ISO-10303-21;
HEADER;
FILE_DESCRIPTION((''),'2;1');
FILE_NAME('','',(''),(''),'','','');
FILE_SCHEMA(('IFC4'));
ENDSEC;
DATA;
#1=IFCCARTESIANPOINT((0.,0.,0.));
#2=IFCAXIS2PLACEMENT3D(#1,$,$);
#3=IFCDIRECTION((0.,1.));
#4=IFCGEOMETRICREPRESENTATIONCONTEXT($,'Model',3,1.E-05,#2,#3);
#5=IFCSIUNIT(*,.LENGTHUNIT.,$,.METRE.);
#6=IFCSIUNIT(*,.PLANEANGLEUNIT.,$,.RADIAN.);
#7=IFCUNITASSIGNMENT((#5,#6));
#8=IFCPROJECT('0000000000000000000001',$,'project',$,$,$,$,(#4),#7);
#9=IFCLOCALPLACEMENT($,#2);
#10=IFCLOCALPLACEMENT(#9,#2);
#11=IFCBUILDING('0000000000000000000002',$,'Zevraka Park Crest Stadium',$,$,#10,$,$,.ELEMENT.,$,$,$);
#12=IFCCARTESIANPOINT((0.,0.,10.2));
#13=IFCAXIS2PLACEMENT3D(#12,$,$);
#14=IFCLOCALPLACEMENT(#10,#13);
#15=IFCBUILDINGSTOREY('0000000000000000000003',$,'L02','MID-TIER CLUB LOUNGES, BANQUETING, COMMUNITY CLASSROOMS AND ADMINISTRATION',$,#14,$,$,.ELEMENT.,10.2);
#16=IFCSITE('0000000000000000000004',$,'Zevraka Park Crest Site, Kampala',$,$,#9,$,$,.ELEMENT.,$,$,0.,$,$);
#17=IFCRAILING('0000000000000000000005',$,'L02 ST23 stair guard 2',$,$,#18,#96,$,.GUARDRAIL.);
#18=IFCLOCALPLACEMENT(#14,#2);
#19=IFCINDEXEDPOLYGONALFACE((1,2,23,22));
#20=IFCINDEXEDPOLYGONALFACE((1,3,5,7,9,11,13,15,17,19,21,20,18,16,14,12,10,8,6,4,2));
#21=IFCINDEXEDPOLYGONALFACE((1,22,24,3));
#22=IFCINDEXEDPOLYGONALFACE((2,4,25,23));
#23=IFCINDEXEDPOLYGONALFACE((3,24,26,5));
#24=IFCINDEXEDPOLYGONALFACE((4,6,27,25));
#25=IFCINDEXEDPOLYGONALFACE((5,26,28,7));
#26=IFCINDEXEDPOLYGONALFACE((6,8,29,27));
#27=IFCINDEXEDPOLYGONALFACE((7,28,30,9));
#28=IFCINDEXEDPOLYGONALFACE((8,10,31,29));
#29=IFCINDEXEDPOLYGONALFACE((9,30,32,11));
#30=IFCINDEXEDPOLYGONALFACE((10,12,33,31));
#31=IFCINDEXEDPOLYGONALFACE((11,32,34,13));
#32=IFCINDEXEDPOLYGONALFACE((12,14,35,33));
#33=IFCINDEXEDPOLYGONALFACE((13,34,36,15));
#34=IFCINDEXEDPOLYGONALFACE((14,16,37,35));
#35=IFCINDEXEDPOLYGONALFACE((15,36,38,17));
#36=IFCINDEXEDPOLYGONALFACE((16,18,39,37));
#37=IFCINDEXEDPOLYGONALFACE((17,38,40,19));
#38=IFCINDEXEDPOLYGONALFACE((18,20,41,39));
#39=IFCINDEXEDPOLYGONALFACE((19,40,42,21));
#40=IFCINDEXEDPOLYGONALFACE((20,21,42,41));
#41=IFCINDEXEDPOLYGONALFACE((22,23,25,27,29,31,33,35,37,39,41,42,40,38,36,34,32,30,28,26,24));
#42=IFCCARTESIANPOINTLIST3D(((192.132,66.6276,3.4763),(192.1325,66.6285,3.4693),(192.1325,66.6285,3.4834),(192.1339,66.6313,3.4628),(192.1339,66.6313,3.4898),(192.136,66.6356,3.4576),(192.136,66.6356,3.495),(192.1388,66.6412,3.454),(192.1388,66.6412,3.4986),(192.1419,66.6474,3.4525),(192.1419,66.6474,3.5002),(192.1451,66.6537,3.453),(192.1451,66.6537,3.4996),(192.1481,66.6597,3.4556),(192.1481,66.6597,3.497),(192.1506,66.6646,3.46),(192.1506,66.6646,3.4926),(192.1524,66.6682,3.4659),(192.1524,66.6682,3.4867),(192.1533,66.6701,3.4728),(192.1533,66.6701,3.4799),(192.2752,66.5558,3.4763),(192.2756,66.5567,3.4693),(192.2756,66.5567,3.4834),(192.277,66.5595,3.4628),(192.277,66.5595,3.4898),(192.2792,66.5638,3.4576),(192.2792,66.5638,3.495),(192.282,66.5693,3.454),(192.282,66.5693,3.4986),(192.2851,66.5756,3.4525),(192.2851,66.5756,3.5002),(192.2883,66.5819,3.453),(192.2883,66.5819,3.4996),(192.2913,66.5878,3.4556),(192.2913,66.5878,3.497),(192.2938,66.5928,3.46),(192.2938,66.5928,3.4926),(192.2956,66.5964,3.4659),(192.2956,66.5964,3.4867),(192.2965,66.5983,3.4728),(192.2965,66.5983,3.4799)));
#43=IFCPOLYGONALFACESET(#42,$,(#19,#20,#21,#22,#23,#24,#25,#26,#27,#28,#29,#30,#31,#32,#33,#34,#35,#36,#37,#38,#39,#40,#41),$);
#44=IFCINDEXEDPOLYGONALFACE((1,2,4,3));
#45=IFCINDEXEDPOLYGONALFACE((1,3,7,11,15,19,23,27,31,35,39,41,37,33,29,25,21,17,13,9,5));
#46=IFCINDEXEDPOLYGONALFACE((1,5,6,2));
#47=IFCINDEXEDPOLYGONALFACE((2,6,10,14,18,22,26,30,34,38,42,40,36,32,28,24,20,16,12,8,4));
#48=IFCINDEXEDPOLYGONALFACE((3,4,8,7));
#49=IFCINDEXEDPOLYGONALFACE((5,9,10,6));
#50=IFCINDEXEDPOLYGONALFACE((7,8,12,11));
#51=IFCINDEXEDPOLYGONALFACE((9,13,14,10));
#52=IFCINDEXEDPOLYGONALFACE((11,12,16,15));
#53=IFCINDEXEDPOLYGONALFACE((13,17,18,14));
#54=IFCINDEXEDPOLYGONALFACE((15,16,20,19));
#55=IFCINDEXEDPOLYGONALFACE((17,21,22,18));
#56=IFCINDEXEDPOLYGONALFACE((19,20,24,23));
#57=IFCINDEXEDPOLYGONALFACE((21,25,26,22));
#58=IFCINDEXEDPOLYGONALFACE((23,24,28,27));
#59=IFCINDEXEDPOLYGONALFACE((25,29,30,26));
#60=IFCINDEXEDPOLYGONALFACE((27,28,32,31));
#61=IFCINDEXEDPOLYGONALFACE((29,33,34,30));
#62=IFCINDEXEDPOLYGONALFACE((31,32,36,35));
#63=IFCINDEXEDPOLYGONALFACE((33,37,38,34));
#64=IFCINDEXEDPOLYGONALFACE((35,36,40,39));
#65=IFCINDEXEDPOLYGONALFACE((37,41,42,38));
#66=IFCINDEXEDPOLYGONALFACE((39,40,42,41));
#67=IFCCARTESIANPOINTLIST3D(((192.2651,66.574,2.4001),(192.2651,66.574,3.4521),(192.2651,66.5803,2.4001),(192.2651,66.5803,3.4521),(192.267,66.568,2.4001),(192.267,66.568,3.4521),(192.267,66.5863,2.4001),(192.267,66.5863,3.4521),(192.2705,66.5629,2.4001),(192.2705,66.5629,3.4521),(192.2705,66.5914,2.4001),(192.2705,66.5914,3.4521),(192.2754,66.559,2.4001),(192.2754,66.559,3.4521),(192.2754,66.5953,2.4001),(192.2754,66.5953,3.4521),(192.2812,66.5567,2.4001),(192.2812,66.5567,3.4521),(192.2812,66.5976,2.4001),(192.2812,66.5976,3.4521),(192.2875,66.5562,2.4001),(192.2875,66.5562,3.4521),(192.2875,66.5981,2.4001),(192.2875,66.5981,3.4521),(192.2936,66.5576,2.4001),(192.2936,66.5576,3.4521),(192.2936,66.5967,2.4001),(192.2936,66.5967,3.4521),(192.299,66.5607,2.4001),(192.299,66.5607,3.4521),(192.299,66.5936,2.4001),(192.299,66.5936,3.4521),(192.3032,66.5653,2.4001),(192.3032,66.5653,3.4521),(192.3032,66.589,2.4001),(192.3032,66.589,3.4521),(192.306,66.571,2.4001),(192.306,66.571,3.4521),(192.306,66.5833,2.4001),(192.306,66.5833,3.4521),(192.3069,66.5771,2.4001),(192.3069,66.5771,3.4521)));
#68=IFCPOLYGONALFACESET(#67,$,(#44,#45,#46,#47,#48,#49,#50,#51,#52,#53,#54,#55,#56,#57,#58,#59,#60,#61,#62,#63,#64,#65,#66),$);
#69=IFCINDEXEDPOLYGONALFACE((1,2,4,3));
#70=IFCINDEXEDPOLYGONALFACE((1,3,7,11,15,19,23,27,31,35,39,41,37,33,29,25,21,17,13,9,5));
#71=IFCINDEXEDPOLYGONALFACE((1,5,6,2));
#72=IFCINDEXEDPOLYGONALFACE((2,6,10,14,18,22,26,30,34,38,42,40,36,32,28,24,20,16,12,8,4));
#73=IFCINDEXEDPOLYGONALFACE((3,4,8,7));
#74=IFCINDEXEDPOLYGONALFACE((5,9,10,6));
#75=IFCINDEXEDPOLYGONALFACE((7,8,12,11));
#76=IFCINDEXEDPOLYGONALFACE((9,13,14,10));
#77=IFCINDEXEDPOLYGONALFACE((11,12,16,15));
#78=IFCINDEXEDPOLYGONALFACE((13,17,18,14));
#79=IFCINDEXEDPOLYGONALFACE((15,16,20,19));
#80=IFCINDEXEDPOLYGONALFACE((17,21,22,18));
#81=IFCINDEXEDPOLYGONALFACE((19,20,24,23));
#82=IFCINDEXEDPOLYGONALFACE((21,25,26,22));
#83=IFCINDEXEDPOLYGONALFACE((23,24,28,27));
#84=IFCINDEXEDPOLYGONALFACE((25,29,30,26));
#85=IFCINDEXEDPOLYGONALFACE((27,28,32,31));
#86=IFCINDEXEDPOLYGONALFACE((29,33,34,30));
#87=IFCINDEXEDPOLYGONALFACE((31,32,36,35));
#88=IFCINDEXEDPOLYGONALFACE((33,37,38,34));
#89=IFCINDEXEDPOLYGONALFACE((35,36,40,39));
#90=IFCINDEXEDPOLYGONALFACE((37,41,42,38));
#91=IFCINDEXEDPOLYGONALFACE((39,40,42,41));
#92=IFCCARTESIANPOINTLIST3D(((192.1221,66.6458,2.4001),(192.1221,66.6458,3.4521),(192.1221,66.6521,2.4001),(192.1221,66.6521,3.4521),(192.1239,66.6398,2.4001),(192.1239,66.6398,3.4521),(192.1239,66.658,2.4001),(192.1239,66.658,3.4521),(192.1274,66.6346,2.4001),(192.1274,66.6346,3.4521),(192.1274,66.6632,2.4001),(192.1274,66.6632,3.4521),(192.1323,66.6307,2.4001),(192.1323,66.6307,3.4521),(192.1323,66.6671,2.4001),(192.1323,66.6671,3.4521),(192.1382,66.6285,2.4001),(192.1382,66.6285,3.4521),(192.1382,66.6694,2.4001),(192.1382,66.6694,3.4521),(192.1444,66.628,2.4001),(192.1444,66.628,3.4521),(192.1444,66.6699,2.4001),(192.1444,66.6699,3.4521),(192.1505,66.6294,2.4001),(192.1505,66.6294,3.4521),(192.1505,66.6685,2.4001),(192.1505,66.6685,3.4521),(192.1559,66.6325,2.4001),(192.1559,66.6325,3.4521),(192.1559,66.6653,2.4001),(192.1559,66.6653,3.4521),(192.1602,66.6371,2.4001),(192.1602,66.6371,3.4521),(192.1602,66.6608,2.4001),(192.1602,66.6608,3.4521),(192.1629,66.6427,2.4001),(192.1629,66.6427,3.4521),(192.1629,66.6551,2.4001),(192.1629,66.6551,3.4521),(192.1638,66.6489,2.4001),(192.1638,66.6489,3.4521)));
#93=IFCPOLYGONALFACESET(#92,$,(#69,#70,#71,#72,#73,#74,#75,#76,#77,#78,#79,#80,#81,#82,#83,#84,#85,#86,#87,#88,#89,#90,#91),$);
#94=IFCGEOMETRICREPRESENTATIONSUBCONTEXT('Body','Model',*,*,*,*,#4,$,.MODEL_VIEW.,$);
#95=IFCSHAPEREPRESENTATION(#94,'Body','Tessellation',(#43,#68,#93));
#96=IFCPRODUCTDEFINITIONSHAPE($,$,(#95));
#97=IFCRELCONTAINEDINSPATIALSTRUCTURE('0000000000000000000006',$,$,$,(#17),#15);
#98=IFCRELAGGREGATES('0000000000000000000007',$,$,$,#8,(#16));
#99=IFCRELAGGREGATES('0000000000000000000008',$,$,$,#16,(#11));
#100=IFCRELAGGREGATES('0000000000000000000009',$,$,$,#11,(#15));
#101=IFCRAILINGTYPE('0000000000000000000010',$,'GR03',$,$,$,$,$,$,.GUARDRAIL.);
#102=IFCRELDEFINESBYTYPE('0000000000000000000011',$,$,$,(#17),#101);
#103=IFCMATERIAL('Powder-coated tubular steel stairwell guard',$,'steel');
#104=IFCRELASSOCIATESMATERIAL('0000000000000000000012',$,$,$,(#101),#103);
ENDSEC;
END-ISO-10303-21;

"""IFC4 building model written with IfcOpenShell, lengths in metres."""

from ifc_helpers import new_model, si_unit, direction, frame, origin, origin_2d, place, context, subcontext, project, spatial, circle, extrude, material, type_object, element, save


model = new_model("IFC4")

# Units and contexts
model_context = context("Model", 3, precision=1e-05, world=origin(), true_north=direction((0.0, 1.0)))
body_context = subcontext(model_context, "Body", "Model", "MODEL_VIEW")
ifc_project = project(units=[si_unit("LENGTHUNIT", "METRE"), si_unit("PLANEANGLEUNIT", "RADIAN")], contexts=[model_context])

# Site, building, storey
site_placement = place(None, origin())
site = spatial("IfcSite", under=ifc_project, at=site_placement, Name="Zevraka Park Crest Site, Kampala", CompositionType="ELEMENT", RefElevation=0.0)
building_placement = place(site_placement, origin())
building = spatial("IfcBuilding", under=site, at=building_placement, Name="Zevraka Park Crest Stadium", CompositionType="ELEMENT")
storey_placement = place(building_placement, frame((0.0, 0.0, 10.2)))
storey = spatial("IfcBuildingStorey", under=building, at=storey_placement, Name="L02", Description="MID-TIER CLUB LOUNGES, BANQUETING, COMMUNITY CLASSROOMS AND ADMINISTRATION", CompositionType="ELEMENT", Elevation=10.2)

# Railing
ifc_material_1 = material(Name="Powder-coated tubular steel stairwell guard", Category="steel")
railing_type_1 = type_object("IfcRailingType", Name="GR03", PredefinedType="GUARDRAIL", material=ifc_material_1)
railing_1_placement = place(storey_placement, frame((192.2859, 66.5771, 2.4001)))
element("IfcRailing", 1, at=railing_1_placement, inside=storey, type_object=railing_type_1, Name="L02 ST23 stair guard 2", PredefinedType="GUARDRAIL", context=body_context, shape_type="SweptSolid", body=[
    extrude(circle(Radius=0.0239, at=origin_2d()), frame((0.0, 0.0, 1.0762), z_axis=(-0.893816, 0.448433, 0.0), x_axis=(-0.448433, -0.893816, 0.0)), (0.0, 0.0, 1.0), 0.1602),
    extrude(circle(Radius=0.021, at=origin_2d()), origin(), (0.0, 0.0, 1.0), 1.052),
    extrude(circle(Radius=0.021, at=origin_2d()), frame((-0.1431, 0.0718, 0.0)), (0.0, 0.0, 1.0), 1.052),
])

save(model, "model.ifc")
